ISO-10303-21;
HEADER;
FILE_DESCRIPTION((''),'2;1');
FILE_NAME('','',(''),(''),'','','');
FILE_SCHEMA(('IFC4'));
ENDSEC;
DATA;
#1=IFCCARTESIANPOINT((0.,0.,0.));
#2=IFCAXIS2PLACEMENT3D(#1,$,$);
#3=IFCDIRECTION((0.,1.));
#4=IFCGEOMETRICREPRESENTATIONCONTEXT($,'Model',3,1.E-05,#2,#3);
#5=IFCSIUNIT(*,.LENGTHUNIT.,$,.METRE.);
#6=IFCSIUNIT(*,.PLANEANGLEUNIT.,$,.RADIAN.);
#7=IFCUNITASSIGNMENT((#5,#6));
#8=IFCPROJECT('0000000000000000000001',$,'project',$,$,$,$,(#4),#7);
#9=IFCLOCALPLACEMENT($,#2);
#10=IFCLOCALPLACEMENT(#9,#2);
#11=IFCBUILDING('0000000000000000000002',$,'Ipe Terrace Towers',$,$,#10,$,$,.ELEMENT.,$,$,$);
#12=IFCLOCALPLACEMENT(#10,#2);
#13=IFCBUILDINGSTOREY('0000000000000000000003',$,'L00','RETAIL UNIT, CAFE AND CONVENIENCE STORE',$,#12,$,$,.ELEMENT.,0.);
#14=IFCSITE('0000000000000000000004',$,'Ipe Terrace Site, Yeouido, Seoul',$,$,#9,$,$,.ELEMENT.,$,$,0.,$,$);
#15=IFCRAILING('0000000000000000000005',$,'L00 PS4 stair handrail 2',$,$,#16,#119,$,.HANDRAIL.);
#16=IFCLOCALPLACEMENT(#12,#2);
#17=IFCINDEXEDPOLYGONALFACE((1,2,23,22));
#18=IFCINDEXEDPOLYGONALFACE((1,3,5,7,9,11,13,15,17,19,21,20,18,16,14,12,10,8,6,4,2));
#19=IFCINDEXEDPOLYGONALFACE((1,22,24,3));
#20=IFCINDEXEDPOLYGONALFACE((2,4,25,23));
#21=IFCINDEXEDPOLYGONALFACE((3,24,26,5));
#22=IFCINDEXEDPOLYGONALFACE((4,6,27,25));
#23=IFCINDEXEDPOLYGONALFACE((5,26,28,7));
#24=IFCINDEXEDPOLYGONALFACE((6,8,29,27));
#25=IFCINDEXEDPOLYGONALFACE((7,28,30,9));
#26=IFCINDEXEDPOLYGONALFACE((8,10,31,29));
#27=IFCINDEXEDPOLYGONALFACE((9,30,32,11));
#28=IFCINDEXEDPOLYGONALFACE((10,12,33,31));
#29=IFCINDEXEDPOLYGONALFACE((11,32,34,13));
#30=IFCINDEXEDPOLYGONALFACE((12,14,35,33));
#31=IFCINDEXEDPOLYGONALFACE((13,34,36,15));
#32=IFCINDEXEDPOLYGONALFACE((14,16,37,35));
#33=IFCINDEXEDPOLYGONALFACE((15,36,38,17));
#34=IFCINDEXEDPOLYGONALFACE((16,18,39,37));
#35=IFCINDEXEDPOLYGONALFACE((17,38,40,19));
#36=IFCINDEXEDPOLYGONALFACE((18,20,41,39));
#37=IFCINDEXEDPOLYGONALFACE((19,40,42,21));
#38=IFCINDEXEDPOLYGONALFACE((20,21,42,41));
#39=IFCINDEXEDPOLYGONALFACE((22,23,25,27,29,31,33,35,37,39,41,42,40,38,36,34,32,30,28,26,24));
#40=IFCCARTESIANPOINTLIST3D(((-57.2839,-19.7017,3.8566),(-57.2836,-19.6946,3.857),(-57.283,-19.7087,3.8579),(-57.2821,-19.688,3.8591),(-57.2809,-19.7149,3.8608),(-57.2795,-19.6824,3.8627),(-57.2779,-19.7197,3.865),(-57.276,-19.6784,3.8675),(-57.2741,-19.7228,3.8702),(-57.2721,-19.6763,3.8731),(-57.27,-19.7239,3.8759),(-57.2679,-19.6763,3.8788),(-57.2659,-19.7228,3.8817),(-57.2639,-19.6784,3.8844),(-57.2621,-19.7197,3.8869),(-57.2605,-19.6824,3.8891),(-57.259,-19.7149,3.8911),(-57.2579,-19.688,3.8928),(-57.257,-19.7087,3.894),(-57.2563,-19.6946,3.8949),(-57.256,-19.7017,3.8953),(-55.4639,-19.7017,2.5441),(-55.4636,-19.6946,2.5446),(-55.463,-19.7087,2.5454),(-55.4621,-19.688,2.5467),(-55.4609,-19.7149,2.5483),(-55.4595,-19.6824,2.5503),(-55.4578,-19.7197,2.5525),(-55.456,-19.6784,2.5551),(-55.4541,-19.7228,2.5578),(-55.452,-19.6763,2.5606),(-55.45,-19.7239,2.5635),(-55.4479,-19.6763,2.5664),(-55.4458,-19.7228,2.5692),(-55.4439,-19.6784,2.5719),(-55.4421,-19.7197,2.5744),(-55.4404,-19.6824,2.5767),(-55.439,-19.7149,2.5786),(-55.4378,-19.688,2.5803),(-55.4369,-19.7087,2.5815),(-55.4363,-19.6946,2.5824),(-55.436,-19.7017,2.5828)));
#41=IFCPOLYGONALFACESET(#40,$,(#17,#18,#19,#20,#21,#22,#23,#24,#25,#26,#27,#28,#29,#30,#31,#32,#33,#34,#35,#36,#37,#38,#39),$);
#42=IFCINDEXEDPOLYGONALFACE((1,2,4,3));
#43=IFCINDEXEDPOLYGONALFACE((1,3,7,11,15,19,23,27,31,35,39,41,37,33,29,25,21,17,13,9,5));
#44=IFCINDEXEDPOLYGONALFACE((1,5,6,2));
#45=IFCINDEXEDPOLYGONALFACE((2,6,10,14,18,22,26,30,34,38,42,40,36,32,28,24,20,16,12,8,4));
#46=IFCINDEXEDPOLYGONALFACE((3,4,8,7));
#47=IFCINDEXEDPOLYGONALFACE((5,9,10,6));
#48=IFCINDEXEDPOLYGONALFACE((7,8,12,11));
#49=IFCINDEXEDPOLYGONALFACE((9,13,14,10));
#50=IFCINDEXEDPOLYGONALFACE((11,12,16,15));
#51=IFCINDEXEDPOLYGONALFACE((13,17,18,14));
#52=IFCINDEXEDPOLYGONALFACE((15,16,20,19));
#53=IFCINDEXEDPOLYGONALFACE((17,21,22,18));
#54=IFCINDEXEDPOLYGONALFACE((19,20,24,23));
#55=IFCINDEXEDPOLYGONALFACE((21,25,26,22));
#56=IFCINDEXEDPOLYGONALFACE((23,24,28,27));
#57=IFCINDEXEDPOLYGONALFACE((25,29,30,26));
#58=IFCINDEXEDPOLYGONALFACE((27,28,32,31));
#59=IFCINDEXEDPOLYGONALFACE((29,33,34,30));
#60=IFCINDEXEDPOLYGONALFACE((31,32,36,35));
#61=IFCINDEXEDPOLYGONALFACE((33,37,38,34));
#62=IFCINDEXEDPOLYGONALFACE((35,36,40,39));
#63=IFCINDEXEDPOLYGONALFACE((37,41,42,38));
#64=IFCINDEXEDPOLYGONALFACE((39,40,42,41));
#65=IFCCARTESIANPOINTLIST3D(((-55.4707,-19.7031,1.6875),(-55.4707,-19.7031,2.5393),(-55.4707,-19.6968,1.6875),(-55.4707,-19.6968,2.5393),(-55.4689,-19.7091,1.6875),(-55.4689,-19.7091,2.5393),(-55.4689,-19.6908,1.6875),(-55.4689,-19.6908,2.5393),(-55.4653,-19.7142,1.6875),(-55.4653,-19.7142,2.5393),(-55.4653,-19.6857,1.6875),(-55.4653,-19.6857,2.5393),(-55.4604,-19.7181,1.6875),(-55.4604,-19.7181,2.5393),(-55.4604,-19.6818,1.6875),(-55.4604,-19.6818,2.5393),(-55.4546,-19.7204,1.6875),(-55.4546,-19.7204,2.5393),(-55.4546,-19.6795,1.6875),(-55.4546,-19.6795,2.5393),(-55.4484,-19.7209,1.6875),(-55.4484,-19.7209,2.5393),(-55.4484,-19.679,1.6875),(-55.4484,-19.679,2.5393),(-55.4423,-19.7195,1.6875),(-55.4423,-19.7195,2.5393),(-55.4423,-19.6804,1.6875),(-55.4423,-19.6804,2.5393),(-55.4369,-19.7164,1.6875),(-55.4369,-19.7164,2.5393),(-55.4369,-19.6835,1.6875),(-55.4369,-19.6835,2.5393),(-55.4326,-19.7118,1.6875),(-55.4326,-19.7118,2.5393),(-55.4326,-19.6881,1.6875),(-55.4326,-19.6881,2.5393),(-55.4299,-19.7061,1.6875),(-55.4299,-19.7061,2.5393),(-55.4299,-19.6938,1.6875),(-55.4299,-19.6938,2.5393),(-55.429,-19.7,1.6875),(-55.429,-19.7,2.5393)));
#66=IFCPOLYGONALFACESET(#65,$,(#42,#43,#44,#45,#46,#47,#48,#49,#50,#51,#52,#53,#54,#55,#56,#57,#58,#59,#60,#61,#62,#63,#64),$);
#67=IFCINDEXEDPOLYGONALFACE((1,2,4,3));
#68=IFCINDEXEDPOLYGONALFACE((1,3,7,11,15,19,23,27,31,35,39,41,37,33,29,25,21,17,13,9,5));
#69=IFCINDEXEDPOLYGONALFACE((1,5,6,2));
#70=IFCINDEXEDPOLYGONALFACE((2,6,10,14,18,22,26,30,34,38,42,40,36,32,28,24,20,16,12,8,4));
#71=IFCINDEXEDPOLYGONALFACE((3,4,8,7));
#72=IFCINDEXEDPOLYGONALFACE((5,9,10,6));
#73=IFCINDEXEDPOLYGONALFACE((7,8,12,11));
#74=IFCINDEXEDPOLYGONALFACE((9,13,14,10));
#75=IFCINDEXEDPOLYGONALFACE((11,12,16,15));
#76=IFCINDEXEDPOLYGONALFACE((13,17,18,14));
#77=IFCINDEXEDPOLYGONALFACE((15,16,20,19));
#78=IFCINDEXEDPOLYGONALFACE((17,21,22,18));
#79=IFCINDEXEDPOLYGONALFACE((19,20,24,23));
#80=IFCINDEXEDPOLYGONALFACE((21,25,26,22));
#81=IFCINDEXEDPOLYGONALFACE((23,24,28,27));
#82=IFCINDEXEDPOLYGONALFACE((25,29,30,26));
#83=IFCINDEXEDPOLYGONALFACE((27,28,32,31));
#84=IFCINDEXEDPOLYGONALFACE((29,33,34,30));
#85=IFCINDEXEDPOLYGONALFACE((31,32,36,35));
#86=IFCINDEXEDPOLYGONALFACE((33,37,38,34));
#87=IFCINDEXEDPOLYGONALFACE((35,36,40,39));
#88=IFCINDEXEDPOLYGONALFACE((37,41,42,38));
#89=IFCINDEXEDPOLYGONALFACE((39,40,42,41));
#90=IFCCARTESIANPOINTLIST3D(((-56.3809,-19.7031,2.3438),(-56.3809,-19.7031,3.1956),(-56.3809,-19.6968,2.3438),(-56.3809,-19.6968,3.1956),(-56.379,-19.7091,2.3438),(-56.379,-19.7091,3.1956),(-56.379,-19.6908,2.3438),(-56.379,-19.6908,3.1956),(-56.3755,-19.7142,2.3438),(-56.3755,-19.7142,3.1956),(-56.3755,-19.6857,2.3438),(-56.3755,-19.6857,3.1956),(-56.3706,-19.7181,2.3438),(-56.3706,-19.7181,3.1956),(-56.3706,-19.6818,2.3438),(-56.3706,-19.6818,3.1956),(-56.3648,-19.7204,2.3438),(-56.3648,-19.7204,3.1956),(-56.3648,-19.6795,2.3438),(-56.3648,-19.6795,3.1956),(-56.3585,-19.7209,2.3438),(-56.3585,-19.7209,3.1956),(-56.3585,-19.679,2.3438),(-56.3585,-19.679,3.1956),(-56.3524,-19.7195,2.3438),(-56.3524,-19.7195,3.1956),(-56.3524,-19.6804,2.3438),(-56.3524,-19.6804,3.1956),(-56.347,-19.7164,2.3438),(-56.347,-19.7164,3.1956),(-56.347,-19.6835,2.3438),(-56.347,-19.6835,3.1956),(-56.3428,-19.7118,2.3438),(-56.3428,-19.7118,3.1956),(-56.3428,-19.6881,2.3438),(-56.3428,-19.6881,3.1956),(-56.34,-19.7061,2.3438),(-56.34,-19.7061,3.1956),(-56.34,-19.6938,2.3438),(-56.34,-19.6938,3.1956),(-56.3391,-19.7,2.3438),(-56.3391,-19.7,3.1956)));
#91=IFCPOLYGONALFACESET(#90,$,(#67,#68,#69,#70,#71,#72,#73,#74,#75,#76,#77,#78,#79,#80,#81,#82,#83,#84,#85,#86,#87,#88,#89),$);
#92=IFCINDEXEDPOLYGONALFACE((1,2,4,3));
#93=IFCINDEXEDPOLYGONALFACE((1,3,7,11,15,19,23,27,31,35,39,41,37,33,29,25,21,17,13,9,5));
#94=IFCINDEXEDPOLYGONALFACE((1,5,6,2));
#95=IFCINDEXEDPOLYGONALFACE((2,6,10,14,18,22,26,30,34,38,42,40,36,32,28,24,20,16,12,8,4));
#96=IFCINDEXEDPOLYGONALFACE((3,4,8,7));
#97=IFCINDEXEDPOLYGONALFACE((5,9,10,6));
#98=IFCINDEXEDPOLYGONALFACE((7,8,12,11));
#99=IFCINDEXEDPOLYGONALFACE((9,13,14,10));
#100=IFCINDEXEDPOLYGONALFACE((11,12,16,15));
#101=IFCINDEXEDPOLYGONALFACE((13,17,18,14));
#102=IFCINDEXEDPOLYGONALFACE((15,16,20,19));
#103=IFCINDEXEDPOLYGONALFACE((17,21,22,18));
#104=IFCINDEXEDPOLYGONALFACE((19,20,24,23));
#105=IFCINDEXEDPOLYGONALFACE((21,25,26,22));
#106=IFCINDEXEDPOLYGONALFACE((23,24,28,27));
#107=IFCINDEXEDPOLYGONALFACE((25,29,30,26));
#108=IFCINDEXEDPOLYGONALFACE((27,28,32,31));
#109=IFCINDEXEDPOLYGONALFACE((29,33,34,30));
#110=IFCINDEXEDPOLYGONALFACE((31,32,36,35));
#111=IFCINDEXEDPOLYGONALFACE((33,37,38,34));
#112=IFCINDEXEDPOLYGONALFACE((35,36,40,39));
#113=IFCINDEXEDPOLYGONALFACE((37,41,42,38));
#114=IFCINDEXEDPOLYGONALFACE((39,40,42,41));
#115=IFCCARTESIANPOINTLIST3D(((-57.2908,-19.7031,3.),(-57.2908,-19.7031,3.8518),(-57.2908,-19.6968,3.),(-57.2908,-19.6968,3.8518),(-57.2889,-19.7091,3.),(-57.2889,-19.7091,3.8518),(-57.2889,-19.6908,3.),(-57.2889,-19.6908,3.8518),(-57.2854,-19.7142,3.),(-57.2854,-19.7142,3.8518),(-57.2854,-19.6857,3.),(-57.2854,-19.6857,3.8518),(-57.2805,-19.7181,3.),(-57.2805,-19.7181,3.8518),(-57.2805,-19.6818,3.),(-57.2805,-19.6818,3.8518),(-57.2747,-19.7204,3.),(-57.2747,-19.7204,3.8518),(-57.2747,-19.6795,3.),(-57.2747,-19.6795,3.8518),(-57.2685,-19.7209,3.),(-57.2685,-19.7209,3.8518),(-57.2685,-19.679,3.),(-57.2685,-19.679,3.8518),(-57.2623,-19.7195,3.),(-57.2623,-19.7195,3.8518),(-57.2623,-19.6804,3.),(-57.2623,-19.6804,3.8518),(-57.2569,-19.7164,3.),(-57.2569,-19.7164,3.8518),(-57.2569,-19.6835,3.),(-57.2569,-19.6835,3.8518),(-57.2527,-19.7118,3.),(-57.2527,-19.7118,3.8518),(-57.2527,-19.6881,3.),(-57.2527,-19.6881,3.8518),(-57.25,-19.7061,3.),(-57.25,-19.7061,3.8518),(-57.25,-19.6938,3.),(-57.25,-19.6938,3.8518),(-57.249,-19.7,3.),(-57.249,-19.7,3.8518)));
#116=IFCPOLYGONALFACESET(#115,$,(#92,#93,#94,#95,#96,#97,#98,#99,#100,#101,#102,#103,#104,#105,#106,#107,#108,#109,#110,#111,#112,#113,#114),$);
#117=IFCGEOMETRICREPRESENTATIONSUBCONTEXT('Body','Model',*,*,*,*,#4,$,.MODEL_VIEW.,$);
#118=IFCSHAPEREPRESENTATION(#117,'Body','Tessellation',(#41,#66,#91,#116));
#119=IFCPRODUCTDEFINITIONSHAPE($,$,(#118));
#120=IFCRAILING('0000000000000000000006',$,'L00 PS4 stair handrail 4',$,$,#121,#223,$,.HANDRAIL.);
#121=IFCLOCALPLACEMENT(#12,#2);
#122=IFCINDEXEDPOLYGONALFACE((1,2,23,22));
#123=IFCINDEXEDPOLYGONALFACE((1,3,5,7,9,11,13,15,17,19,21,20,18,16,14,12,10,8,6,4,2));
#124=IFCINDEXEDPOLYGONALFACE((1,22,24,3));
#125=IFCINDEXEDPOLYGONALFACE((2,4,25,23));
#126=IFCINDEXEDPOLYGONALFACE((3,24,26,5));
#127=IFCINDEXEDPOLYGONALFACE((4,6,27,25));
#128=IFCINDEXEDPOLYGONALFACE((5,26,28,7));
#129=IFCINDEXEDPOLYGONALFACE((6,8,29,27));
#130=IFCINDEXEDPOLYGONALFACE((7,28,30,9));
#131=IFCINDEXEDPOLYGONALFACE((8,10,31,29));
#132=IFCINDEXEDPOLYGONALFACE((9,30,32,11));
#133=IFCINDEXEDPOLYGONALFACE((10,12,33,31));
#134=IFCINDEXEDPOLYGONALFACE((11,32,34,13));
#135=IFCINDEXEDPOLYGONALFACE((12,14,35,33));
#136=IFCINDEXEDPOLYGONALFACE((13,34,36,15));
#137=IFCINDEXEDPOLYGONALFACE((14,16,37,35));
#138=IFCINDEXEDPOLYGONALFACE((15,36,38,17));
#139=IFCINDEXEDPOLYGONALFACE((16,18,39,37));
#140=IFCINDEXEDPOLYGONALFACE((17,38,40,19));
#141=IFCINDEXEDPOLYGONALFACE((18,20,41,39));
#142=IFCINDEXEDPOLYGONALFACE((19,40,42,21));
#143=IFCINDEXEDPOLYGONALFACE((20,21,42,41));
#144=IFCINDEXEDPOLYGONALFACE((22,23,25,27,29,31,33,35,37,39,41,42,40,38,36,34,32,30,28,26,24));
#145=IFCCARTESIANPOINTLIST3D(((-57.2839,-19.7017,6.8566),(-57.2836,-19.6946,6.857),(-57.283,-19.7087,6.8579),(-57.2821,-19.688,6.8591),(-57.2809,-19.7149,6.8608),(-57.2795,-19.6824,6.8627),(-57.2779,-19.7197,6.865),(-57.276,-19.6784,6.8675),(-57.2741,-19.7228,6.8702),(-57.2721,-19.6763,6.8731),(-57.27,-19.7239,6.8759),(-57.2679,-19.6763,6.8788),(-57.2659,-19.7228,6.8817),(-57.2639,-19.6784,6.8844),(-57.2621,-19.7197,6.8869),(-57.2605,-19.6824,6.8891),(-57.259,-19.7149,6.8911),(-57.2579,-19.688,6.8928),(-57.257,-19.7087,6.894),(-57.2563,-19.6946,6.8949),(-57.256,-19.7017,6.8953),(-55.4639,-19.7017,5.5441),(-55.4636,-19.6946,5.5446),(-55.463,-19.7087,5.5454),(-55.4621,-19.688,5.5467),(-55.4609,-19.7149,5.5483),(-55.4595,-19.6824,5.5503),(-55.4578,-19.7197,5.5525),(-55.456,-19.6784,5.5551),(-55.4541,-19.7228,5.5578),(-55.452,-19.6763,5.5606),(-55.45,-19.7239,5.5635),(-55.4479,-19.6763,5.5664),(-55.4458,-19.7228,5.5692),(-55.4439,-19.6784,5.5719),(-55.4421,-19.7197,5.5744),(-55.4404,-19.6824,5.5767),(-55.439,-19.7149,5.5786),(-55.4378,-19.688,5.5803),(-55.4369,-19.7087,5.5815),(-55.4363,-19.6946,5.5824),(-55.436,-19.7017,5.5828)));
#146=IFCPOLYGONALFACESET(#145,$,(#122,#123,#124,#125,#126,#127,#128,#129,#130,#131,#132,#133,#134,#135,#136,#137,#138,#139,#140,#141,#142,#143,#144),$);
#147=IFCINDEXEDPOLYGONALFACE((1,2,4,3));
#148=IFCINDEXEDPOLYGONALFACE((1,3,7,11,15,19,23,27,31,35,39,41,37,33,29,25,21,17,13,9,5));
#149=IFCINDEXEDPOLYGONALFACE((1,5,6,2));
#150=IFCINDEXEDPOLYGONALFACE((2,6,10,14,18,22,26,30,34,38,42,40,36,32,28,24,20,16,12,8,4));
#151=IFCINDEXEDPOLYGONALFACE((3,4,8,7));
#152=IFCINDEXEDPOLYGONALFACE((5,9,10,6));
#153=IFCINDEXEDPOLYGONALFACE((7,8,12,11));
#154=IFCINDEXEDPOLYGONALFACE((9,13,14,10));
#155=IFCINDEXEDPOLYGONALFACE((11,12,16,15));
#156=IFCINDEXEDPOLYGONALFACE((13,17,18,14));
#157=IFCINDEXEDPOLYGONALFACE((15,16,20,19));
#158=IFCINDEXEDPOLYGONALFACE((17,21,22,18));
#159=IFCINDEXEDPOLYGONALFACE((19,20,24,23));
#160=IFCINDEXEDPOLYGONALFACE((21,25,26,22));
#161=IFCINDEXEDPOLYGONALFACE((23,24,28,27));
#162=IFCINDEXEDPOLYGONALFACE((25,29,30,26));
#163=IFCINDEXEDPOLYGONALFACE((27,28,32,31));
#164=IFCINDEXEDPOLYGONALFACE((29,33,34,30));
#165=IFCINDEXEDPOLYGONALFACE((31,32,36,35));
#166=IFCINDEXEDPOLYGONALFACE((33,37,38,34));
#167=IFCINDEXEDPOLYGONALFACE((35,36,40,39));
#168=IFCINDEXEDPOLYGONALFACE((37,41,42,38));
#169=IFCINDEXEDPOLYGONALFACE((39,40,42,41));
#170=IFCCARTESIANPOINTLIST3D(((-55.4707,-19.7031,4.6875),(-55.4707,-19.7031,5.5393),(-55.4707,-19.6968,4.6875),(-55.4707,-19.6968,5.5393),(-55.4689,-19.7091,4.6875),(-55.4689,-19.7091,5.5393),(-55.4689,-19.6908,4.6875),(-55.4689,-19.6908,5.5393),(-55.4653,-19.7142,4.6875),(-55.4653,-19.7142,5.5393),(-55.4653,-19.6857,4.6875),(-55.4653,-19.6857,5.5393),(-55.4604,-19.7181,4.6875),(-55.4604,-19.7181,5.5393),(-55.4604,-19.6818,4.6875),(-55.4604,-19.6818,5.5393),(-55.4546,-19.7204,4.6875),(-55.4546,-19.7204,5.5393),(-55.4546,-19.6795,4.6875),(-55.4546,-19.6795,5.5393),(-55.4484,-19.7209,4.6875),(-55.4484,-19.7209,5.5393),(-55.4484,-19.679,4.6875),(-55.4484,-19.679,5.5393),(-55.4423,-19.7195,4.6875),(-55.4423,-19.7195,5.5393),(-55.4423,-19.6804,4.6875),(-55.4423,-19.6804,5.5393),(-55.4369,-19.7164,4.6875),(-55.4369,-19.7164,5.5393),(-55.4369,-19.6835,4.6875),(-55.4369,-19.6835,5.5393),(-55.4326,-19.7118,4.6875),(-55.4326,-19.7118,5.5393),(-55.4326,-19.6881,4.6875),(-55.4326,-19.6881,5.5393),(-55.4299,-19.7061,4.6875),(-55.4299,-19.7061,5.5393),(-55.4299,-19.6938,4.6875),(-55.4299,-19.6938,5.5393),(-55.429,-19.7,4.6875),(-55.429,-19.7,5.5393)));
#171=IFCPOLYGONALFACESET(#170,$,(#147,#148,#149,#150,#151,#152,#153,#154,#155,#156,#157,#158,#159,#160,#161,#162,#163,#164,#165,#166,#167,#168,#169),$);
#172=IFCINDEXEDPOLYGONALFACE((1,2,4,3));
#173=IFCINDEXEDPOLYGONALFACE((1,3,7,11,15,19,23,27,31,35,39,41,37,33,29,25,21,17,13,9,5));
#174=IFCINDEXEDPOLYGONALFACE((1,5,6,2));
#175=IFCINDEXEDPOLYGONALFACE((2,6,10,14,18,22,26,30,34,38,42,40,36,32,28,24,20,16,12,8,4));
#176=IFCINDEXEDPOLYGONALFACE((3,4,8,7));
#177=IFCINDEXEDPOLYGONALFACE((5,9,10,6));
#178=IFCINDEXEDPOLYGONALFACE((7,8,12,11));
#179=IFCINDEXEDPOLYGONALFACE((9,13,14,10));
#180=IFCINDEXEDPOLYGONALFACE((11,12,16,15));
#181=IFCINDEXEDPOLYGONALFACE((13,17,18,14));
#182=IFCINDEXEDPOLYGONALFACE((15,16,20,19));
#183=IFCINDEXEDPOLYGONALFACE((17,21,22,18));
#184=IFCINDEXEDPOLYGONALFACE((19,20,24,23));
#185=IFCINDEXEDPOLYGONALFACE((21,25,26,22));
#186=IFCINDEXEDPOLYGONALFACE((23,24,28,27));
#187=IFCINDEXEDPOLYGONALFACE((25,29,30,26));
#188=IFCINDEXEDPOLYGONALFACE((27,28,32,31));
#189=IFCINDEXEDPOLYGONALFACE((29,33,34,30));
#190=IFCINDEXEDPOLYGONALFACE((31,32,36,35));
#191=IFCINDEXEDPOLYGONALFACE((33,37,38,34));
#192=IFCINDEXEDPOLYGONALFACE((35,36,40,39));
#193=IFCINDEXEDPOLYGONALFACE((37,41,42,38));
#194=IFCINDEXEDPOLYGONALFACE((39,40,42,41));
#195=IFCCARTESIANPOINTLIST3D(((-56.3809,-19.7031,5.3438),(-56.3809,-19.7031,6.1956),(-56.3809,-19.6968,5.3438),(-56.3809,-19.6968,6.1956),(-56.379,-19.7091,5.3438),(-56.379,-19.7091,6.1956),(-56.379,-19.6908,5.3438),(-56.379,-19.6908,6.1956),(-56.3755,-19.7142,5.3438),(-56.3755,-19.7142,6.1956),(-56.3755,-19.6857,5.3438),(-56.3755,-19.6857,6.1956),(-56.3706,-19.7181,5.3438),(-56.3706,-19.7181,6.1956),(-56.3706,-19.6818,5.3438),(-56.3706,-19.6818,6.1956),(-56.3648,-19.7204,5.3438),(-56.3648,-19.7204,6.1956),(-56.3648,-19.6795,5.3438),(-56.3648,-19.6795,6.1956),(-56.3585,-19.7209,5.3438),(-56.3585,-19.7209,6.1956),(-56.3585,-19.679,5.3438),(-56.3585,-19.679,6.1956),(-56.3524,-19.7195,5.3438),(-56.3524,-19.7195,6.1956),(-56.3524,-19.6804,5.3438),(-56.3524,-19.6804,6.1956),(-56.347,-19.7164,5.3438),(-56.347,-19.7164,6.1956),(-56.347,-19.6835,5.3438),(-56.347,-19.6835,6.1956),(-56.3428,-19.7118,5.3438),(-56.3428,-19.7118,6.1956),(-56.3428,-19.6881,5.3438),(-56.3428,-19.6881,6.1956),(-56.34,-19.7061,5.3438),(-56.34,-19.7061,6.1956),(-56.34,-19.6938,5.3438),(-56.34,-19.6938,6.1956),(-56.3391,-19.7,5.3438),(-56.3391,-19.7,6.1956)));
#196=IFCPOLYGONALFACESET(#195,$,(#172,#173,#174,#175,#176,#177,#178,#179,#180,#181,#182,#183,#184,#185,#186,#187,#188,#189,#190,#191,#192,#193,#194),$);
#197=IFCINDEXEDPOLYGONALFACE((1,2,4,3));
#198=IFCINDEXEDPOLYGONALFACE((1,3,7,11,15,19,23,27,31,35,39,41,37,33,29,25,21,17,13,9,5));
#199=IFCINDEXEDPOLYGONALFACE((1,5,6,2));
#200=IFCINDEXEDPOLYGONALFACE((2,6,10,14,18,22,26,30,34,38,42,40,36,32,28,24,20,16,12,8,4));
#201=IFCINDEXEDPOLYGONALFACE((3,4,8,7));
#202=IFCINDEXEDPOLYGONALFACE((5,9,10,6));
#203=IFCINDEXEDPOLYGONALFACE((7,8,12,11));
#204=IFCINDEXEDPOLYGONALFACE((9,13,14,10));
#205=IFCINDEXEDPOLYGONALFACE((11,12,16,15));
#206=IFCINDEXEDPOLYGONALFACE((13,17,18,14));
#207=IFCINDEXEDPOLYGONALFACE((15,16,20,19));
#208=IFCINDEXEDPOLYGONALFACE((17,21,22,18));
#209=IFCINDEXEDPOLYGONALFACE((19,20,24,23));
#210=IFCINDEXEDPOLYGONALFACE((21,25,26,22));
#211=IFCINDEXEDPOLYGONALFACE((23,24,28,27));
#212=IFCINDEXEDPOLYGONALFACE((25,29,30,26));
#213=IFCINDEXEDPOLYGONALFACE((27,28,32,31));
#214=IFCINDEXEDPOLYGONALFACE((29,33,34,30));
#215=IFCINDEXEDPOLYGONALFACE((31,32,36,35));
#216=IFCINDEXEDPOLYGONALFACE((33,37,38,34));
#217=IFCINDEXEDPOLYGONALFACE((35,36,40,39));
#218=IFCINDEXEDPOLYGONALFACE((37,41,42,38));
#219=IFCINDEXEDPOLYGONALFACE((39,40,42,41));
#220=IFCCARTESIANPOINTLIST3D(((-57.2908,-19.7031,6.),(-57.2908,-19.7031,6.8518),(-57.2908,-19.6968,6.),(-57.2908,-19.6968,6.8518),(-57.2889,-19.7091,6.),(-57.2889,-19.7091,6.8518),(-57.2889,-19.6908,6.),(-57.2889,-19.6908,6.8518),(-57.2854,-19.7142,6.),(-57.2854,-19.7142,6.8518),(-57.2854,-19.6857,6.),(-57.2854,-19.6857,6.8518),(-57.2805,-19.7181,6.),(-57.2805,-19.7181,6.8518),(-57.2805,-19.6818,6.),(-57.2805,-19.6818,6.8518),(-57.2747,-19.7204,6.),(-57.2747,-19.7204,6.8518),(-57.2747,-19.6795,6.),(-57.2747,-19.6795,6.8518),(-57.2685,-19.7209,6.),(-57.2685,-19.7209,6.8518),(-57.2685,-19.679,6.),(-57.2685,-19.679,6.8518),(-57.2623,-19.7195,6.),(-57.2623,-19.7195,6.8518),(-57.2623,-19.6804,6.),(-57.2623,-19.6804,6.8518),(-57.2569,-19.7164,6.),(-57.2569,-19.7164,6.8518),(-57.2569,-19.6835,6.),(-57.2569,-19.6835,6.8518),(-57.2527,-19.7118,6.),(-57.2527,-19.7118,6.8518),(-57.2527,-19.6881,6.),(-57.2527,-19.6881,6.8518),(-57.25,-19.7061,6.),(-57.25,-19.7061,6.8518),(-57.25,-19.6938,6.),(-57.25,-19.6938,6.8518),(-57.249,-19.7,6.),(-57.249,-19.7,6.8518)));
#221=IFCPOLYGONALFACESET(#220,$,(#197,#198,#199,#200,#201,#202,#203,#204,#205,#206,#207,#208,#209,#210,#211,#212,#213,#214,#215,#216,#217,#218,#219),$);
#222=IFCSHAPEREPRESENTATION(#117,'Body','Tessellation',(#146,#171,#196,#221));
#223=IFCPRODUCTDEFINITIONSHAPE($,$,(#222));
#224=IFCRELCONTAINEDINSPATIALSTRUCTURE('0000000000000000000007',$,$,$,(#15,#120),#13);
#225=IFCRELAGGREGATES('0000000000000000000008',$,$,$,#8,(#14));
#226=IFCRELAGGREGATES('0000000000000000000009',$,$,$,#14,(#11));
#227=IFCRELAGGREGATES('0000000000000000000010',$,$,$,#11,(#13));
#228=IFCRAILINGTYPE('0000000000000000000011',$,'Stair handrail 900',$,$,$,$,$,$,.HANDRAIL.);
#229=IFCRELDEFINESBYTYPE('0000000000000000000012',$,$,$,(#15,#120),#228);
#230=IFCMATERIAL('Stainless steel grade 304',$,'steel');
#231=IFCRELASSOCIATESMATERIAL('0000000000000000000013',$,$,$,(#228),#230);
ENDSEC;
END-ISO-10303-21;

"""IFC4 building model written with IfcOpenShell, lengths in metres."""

from ifc_helpers import new_model, si_unit, direction, frame, origin, origin_2d, place, context, subcontext, project, spatial, circle, extrude, material, type_object, element, save


model = new_model("IFC4")

# Units and contexts
model_context = context("Model", 3, precision=1e-05, world=origin(), true_north=direction((0.0, 1.0)))
body_context = subcontext(model_context, "Body", "Model", "MODEL_VIEW")
ifc_project = project(units=[si_unit("LENGTHUNIT", "METRE"), si_unit("PLANEANGLEUNIT", "RADIAN")], contexts=[model_context])

# Site, building, storey
site_placement = place(None, origin())
site = spatial("IfcSite", under=ifc_project, at=site_placement, Name="Ipe Terrace Site, Yeouido, Seoul", CompositionType="ELEMENT", RefElevation=0.0)
building_placement = place(site_placement, origin())
building = spatial("IfcBuilding", under=site, at=building_placement, Name="Ipe Terrace Towers", CompositionType="ELEMENT")
storey_placement = place(building_placement, origin())
storey = spatial("IfcBuildingStorey", under=building, at=storey_placement, Name="L00", Description="RETAIL UNIT, CAFE AND CONVENIENCE STORE", CompositionType="ELEMENT", Elevation=0.0)

# Railings
ifc_material_1 = material(Name="Stainless steel grade 304", Category="steel")
railing_type_1 = type_object("IfcRailingType", Name="Stair handrail 900", PredefinedType="HANDRAIL", material=ifc_material_1)
for number, where, name in (
    (1, (-55.45, -19.7, 1.6875), "L00 PS4 stair handrail 2"),
    (2, (-55.45, -19.7, 4.6875), "L00 PS4 stair handrail 4"),
):
    element("IfcRailing", number, at=place(storey_placement, frame(where)), inside=storey, type_object=railing_type_1, Name=name, PredefinedType="HANDRAIL", context=body_context, shape_type="SweptSolid", body=[
        extrude(circle(Radius=0.0239, at=origin_2d()), frame((0.0, 0.0, 0.876), z_axis=(-0.811101, 0.0, 0.584906), x_axis=(0.0, -1.0, 0.0)), (0.0, 0.0, 1.0), 2.2439),
        extrude(circle(Radius=0.021, at=origin_2d()), origin(), (0.0, 0.0, 1.0), 0.8518),
        extrude(circle(Radius=0.021, at=origin_2d()), frame((-0.9102, 0.0, 0.6562)), (0.0, 0.0, 1.0), 0.8518),
        extrude(circle(Radius=0.021, at=origin_2d()), frame((-1.8201, 0.0, 1.3125)), (0.0, 0.0, 1.0), 0.8518),
    ])

save(model, "model.ifc")
